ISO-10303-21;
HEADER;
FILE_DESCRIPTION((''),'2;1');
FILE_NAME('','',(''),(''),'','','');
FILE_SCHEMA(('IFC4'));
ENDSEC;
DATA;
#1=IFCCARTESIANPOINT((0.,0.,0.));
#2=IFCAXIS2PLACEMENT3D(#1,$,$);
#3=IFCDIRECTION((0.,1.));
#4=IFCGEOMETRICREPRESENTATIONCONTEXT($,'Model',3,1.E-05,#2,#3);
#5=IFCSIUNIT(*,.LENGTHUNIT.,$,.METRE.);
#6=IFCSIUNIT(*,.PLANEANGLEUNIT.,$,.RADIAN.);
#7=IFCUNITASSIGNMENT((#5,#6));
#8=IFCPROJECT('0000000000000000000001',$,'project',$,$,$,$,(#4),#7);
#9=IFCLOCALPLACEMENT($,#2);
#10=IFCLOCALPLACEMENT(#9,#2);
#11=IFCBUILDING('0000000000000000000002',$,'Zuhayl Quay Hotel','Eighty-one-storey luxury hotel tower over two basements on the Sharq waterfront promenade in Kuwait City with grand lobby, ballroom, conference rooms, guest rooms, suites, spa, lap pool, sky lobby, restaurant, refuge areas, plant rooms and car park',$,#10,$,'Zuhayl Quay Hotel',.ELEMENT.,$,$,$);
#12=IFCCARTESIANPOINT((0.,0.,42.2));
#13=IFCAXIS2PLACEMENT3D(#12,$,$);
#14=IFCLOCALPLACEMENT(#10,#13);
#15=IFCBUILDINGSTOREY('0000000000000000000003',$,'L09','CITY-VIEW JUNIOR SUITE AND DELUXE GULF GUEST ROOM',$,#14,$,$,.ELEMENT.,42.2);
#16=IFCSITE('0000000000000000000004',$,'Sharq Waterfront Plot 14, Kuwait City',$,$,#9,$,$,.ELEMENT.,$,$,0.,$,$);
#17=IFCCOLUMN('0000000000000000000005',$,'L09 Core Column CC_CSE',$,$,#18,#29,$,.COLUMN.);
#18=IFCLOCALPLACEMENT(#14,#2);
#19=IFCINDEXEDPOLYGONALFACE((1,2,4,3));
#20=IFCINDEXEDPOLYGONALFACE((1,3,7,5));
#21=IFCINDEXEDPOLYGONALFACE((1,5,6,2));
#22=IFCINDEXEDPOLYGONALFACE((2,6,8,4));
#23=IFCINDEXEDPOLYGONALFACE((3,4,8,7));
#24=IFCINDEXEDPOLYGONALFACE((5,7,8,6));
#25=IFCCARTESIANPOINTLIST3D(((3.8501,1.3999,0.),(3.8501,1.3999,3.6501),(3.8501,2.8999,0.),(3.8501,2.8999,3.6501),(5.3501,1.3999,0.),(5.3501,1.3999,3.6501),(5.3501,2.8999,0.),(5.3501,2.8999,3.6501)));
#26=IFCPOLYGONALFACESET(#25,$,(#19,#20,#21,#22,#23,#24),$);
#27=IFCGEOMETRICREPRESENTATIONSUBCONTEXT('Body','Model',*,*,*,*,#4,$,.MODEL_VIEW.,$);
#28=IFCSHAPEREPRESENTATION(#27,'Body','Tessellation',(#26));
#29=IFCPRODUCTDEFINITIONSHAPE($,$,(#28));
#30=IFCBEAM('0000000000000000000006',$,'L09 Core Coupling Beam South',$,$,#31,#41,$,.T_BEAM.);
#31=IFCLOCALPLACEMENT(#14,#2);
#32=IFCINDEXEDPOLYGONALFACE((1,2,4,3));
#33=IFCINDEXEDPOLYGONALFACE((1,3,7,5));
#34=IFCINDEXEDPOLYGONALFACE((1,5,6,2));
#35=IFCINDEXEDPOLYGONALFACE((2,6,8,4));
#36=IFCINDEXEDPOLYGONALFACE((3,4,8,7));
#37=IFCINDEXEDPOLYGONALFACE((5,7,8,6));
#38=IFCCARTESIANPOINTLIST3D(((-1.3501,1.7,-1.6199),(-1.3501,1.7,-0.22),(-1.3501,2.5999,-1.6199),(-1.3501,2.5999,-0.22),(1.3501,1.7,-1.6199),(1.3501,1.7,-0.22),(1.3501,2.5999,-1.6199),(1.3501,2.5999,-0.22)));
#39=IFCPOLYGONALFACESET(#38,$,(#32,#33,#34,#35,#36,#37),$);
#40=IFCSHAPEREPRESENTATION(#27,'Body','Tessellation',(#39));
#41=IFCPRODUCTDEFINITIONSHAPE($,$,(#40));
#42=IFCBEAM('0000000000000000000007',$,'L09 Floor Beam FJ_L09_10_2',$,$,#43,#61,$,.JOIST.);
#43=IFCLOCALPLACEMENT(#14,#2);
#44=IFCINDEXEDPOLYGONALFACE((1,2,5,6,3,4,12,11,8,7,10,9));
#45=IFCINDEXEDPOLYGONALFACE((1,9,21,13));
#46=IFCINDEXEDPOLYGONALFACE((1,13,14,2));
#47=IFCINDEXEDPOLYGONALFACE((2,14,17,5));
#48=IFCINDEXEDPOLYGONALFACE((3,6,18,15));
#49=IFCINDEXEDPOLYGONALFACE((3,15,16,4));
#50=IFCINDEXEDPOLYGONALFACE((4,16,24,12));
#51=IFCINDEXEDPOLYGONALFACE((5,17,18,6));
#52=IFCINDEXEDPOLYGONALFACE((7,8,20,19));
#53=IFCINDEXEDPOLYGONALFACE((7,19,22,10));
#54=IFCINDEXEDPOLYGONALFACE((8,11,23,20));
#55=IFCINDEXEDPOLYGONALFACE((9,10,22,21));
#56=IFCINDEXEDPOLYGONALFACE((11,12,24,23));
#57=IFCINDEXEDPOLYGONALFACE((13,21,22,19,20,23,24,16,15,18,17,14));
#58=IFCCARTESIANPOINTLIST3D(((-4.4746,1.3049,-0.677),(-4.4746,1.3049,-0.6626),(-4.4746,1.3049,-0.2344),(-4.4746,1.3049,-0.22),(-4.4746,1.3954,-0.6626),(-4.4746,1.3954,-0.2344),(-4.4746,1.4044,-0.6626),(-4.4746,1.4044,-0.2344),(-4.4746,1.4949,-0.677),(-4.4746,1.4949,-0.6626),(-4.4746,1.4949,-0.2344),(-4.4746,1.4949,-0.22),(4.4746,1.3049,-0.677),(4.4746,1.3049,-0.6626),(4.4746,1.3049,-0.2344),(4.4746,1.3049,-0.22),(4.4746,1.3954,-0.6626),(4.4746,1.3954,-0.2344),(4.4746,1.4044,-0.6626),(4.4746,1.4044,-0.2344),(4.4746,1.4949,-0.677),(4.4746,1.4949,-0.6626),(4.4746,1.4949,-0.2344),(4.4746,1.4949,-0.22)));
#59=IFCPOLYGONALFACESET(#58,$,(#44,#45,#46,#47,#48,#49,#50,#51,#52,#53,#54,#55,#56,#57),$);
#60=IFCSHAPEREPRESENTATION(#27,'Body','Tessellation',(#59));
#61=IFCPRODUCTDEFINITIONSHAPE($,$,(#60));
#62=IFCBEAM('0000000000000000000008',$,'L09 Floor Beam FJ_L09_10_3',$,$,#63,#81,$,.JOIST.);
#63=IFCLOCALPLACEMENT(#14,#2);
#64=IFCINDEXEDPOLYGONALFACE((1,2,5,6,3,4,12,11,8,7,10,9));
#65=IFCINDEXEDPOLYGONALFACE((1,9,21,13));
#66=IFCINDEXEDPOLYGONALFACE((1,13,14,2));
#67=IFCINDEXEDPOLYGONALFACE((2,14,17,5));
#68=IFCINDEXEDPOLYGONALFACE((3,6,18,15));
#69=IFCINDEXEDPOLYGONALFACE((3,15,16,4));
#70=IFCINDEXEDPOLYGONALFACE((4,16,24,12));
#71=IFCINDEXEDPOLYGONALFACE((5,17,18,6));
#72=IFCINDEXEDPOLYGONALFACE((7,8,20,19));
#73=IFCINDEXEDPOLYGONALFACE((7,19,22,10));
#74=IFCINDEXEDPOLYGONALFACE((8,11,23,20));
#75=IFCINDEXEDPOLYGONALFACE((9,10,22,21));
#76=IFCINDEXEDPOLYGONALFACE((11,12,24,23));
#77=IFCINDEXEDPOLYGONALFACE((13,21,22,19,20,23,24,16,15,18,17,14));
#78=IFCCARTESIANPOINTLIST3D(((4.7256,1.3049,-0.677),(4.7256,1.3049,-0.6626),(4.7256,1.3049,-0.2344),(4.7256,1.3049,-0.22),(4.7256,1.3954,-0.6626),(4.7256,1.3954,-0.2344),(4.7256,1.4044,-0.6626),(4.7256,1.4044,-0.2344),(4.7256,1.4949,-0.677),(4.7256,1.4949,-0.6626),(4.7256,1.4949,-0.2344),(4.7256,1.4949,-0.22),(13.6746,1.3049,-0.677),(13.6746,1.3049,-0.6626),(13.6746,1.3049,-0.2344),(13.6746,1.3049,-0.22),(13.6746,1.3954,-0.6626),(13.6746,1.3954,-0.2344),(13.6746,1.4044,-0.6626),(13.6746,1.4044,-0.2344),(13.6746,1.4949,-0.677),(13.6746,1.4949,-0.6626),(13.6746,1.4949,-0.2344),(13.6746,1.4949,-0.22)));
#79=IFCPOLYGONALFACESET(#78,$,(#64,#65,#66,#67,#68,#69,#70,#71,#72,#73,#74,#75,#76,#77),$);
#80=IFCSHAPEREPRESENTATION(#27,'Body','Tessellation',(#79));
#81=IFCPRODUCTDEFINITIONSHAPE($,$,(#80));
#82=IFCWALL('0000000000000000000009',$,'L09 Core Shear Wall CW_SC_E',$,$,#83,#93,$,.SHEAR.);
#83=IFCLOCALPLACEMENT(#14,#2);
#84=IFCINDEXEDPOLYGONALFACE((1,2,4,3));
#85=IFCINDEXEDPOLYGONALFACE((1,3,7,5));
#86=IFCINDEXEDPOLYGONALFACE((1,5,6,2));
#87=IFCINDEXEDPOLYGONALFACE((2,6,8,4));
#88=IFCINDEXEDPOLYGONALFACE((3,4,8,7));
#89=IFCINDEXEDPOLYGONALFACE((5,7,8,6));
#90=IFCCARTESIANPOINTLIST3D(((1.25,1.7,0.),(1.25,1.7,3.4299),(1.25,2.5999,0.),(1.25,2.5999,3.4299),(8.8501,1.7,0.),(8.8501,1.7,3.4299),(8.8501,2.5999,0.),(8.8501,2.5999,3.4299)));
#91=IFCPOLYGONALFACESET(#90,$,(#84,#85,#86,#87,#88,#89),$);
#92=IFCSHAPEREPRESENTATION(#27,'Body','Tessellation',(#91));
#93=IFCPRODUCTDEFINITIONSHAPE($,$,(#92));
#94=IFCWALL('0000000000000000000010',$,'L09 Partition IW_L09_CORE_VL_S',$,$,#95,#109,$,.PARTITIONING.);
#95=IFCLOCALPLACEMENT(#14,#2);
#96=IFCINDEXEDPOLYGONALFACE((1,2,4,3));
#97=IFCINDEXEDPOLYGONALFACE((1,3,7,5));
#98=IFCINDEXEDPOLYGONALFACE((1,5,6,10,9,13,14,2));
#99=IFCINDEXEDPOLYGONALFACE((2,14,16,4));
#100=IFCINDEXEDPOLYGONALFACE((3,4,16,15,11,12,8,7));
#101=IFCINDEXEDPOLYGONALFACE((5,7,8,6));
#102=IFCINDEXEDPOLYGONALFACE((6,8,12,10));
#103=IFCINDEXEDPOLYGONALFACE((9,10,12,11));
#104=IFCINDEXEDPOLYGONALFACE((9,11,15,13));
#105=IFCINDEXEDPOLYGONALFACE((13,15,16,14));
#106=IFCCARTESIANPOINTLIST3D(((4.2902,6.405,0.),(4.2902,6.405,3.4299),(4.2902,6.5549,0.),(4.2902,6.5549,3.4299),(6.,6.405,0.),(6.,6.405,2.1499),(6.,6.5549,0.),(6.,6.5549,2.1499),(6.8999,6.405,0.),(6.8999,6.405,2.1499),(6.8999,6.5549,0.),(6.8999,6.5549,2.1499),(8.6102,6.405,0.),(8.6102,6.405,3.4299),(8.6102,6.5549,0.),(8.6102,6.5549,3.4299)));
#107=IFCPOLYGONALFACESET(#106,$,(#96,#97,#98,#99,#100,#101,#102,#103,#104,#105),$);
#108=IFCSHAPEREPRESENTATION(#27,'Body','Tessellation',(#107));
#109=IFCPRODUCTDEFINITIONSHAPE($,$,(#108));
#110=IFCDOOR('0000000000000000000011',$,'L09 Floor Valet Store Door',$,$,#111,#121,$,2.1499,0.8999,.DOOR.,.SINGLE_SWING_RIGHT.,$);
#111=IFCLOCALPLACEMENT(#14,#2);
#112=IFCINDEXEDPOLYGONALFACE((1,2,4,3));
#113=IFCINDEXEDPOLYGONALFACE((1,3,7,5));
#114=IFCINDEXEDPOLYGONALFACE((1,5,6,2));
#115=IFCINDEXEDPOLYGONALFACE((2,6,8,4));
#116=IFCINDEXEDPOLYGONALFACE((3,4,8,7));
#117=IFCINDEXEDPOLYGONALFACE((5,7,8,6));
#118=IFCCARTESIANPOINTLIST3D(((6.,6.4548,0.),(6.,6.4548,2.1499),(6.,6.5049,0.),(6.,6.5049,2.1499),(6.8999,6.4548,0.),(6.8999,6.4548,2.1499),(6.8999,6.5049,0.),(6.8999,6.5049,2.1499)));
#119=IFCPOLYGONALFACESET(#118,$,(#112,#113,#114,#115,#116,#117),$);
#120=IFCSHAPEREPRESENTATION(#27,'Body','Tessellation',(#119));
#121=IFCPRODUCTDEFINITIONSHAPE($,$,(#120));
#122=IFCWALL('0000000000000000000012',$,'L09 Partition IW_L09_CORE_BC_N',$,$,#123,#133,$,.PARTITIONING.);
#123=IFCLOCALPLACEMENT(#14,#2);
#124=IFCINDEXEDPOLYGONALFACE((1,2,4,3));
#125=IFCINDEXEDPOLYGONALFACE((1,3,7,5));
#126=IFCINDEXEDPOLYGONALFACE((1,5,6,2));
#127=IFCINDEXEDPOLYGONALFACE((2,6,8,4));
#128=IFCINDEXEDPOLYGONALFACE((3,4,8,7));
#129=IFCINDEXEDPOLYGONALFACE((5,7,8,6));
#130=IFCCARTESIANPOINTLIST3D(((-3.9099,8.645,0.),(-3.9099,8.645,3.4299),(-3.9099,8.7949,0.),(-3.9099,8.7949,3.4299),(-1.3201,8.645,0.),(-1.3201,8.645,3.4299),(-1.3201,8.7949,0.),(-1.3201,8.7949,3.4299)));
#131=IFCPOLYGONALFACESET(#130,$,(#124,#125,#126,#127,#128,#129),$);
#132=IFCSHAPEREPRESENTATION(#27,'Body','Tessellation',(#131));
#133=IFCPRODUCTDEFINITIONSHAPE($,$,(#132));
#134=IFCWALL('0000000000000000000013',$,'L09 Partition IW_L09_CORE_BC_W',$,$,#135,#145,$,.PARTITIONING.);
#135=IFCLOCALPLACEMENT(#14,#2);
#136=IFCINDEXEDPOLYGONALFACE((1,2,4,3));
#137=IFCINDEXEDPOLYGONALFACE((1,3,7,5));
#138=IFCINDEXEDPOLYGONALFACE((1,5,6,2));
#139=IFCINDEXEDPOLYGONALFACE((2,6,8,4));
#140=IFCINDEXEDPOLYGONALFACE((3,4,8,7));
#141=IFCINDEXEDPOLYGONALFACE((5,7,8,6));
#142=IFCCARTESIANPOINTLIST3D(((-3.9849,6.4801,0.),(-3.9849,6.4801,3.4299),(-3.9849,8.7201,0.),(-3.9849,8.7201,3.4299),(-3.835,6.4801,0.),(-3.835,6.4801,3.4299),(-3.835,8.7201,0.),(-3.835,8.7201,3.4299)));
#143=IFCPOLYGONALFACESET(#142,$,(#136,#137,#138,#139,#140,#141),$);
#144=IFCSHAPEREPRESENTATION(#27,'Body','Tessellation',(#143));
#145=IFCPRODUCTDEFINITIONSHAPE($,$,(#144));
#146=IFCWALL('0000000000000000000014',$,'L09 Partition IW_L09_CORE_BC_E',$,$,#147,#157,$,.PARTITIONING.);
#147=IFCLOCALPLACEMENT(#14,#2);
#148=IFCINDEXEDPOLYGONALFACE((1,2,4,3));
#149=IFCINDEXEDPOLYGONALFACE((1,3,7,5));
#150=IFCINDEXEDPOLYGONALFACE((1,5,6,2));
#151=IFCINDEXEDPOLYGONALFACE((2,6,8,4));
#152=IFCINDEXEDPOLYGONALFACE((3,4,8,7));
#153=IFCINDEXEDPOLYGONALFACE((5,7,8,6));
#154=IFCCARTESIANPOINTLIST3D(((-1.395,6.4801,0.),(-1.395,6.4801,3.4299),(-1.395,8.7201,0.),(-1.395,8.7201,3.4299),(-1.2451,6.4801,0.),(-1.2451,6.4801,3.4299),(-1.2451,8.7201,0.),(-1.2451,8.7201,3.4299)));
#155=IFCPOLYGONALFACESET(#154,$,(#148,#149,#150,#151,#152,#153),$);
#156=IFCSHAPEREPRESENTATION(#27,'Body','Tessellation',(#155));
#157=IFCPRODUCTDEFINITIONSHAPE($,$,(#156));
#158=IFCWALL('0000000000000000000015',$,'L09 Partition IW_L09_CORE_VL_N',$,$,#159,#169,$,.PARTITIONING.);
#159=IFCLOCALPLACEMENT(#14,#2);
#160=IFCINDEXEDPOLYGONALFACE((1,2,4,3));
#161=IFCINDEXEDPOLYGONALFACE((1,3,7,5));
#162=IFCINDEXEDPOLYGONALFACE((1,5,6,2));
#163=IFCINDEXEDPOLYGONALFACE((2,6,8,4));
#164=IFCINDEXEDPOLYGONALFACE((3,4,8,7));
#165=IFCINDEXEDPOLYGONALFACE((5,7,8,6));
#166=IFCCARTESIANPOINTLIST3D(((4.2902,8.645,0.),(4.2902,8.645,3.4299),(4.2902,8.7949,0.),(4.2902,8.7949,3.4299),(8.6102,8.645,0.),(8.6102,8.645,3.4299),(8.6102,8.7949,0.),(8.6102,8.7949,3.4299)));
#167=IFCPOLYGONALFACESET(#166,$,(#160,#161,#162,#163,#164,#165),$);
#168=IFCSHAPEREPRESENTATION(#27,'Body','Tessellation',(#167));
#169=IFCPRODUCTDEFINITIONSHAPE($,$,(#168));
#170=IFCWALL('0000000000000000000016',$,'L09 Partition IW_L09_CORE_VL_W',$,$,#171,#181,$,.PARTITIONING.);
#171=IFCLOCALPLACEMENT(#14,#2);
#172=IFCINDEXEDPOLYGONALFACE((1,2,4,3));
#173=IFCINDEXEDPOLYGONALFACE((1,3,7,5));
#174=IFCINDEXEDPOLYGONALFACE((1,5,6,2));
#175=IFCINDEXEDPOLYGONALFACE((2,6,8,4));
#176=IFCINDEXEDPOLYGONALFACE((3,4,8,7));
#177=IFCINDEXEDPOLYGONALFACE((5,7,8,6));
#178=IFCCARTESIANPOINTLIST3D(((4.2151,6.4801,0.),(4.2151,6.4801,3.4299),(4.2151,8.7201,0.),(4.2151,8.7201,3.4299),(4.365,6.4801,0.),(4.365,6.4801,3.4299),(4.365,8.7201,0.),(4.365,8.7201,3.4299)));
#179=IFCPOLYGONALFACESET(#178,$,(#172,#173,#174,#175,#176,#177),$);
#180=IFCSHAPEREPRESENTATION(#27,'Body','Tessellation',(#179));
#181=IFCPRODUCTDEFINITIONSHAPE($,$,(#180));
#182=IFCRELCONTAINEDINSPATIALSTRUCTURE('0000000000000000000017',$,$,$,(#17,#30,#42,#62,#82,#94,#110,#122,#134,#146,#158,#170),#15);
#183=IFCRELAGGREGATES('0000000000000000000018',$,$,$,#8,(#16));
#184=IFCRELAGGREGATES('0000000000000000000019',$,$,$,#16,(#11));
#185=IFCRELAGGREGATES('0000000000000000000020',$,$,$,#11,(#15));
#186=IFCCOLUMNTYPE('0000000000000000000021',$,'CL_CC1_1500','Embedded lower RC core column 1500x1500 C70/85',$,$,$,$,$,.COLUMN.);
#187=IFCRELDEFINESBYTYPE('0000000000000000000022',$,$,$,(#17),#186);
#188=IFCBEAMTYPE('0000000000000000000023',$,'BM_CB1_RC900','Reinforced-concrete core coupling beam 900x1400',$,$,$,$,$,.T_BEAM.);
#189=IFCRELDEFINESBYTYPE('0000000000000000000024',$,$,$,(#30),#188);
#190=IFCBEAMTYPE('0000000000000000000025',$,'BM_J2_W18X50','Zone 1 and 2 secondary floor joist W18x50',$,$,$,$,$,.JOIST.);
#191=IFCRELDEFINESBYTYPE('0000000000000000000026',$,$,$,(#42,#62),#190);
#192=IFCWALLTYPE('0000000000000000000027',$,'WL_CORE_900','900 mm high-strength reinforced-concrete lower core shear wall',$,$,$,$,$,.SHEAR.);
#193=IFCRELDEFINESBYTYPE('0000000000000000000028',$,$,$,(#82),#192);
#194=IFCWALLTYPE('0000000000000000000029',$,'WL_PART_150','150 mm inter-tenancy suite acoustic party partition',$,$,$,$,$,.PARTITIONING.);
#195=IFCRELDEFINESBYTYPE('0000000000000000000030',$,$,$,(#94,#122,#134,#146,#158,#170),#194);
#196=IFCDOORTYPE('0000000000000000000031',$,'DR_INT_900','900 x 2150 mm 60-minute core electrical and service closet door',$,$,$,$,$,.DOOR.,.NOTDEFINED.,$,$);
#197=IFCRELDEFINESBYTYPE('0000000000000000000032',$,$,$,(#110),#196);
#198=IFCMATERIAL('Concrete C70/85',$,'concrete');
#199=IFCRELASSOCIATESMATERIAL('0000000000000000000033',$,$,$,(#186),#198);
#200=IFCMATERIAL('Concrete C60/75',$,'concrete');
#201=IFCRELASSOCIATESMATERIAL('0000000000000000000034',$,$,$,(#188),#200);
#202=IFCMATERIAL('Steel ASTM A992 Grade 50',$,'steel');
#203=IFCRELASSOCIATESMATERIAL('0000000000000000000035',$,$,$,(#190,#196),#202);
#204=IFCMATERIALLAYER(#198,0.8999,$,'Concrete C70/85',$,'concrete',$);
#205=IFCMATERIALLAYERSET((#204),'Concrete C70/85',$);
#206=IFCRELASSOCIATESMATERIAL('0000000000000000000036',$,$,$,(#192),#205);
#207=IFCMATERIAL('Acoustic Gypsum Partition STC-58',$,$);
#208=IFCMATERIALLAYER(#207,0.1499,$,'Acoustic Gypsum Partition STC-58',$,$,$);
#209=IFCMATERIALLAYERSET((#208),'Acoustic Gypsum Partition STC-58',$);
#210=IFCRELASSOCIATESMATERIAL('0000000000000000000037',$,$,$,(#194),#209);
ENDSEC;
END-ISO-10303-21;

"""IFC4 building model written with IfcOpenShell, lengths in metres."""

from ifc_helpers import new_model, si_unit, direction, frame, frame_2d, origin, origin_2d, place, context, subcontext, project, spatial, rectangle, i_section, extrude, material, layer, layer_set, material_profile, profile_set, type_object, element, fill, save


model = new_model("IFC4")

# Units and contexts
model_context = context("Model", 3, precision=1e-05, world=origin(), true_north=direction((0.0, 1.0)))
body_context = subcontext(model_context, "Body", "Model", "MODEL_VIEW")
ifc_project = project(units=[si_unit("LENGTHUNIT", "METRE"), si_unit("PLANEANGLEUNIT", "RADIAN")], contexts=[model_context])

# Site, building, storey
site_placement = place(None, origin())
site = spatial("IfcSite", under=ifc_project, at=site_placement, Name="Sharq Waterfront Plot 14, Kuwait City", CompositionType="ELEMENT", RefElevation=0.0)
building_placement = place(site_placement, origin())
building = spatial("IfcBuilding", under=site, at=building_placement, Name="Zuhayl Quay Hotel", Description="Eighty-one-storey luxury hotel tower over two basements on the Sharq waterfront promenade in Kuwait City with grand lobby, ballroom, conference rooms, guest rooms, suites, spa, lap pool, sky lobby, restaurant, refuge areas, plant rooms and car park", LongName="Zuhayl Quay Hotel", CompositionType="ELEMENT")
storey_placement = place(building_placement, frame((0.0, 0.0, 42.2)))
storey = spatial("IfcBuildingStorey", under=building, at=storey_placement, Name="L09", Description="CITY-VIEW JUNIOR SUITE AND DELUXE GULF GUEST ROOM", CompositionType="ELEMENT", Elevation=42.2)

# Column
ifc_material_1 = material(Name="Concrete C70/85", Category="concrete")
ifc_material_profile_1 = material_profile(ifc_material_1, rectangle(XDim=1.5, YDim=1.5, at=origin_2d()), Name="RC1500X1500")
ifc_profile_set_1 = profile_set([ifc_material_profile_1], Name="Concrete C70/85")
column_type = type_object("IfcColumnType", Name="CL_CC1_1500", Description="Embedded lower RC core column 1500x1500 C70/85", PredefinedType="COLUMN", material=ifc_profile_set_1)
column_placement = place(storey_placement, frame((4.6001, 2.1499, 0.0), z_axis=(0.0, 0.0, 1.0), x_axis=(1.0, 0.0, 0.0)))
element("IfcColumn", 1, at=column_placement, inside=storey, type_object=column_type, Name="L09 Core Column CC_CSE", PredefinedType="COLUMN", context=body_context, shape_type="SweptSolid", body=[
    extrude(rectangle(XDim=1.5, YDim=1.5, at=origin_2d()), origin(), (0.0, 0.0, 1.0), 3.6501),
])

# Beams
ifc_material_2 = material(Name="Concrete C60/75", Category="concrete")
ifc_material_profile_2 = material_profile(ifc_material_2, rectangle(XDim=0.8999, YDim=1.3999, at=origin_2d()), Name="RC900X1400")
ifc_profile_set_2 = profile_set([ifc_material_profile_2], Name="Concrete C60/75")
beam_type_1 = type_object("IfcBeamType", Name="BM_CB1_RC900", Description="Reinforced-concrete core coupling beam 900x1400", PredefinedType="T_BEAM", material=ifc_profile_set_2)
beam_1_placement = place(storey_placement, frame((-1.3501, 2.1499, -0.9199), z_axis=(1.0, 0.0, 0.0), x_axis=(0.0, 1.0, 0.0)))
element("IfcBeam", 2, at=beam_1_placement, inside=storey, type_object=beam_type_1, Name="L09 Core Coupling Beam South", PredefinedType="T_BEAM", context=body_context, shape_type="SweptSolid", body=[
    extrude(rectangle(XDim=0.8999, YDim=1.3999, at=origin_2d()), origin(), (0.0, 0.0, 1.0), 2.7002),
])
ifc_material_3 = material(Name="Steel ASTM A992 Grade 50", Category="steel")
ifc_material_profile_3 = material_profile(ifc_material_3, i_section(OverallWidth=0.1899, OverallDepth=0.457, WebThickness=0.009, FlangeThickness=0.0144, at=origin_2d()), Name="W18X50")
ifc_profile_set_3 = profile_set([ifc_material_profile_3], Name="Steel ASTM A992 Grade 50")
beam_type_2 = type_object("IfcBeamType", Name="BM_J2_W18X50", Description="Zone 1 and 2 secondary floor joist W18x50", PredefinedType="JOIST", material=ifc_profile_set_3)
beam_2_placement = place(storey_placement, frame((-4.4746, 1.3999, -0.4485), z_axis=(1.0, 0.0, 0.0), x_axis=(0.0, 1.0, 0.0)))
element("IfcBeam", 3, at=beam_2_placement, inside=storey, type_object=beam_type_2, Name="L09 Floor Beam FJ_L09_10_2", PredefinedType="JOIST", context=body_context, shape_type="SweptSolid", body=[
    extrude(i_section(OverallWidth=0.1899, OverallDepth=0.457, WebThickness=0.009, FlangeThickness=0.0144, at=origin_2d()), origin(), (0.0, 0.0, 1.0), 8.9492),
])
beam_3_placement = place(storey_placement, frame((4.7256, 1.3999, -0.4485), z_axis=(1.0, 0.0, 0.0), x_axis=(0.0, 1.0, 0.0)))
element("IfcBeam", 4, at=beam_3_placement, inside=storey, type_object=beam_type_2, Name="L09 Floor Beam FJ_L09_10_3", PredefinedType="JOIST", context=body_context, shape_type="SweptSolid", body=[
    extrude(i_section(OverallWidth=0.1899, OverallDepth=0.457, WebThickness=0.009, FlangeThickness=0.0144, at=origin_2d()), origin(), (0.0, 0.0, 1.0), 8.949),
])

# Wall
ifc_layer_1 = layer(ifc_material_1, 0.8999, Name="Concrete C70/85", Category="concrete")
ifc_layer_set_1 = layer_set([ifc_layer_1], Name="Concrete C70/85")
wall_type_1 = type_object("IfcWallType", Name="WL_CORE_900", Description="900 mm high-strength reinforced-concrete lower core shear wall", PredefinedType="SHEAR", material=ifc_layer_set_1)
wall_1_placement = place(storey_placement, frame((1.25, 2.1499, 0.0), z_axis=(0.0, 0.0, 1.0), x_axis=(1.0, 0.0, 0.0)))
element("IfcWall", 5, at=wall_1_placement, inside=storey, type_object=wall_type_1, Name="L09 Core Shear Wall CW_SC_E", PredefinedType="SHEAR", context=body_context, shape_type="SweptSolid", body=[
    extrude(rectangle(XDim=7.6001, YDim=0.8999, at=frame_2d((3.8, 0.0))), origin(), (0.0, 0.0, 1.0), 3.4299),
])

# Wall, opening, door
ifc_material_4 = material(Name="Acoustic Gypsum Partition STC-58")
ifc_layer_2 = layer(ifc_material_4, 0.1499, Name="Acoustic Gypsum Partition STC-58")
ifc_layer_set_2 = layer_set([ifc_layer_2], Name="Acoustic Gypsum Partition STC-58")
wall_type_2 = type_object("IfcWallType", Name="WL_PART_150", Description="150 mm inter-tenancy suite acoustic party partition", PredefinedType="PARTITIONING", material=ifc_layer_set_2)
door_type = type_object("IfcDoorType", Name="DR_INT_900", Description="900 x 2150 mm 60-minute core electrical and service closet door", OperationType="NOTDEFINED", PredefinedType="DOOR", material=ifc_material_3)
wall_2_placement = place(storey_placement, frame((4.29, 6.48, 0.0), z_axis=(0.0, 0.0, 1.0), x_axis=(1.0, 0.0, 0.0)))
wall_2 = element("IfcWall", 6, at=wall_2_placement, inside=storey, type_object=wall_type_2, Name="L09 Partition IW_L09_CORE_VL_S", PredefinedType="PARTITIONING", context=body_context, shape_type="SweptSolid", body=[
    extrude(rectangle(XDim=4.3201, YDim=0.1499, at=frame_2d((2.1602, 0.0))), origin(), (0.0, 0.0, 1.0), 3.4299),
])
opening_1_placement = place(wall_2_placement, frame((1.71, 0.0, 0.0)))
opening_1 = element("IfcOpeningElement", 7, at=opening_1_placement, cuts=wall_2, PredefinedType="OPENING", context=body_context, shape_type="SweptSolid", body=[
    extrude(rectangle(XDim=0.8999, YDim=2.1499, at=frame_2d((0.45, 1.075))), frame((0.0, 0.085, 0.0), z_axis=(0.0, -1.0, 0.0), x_axis=(1.0, 0.0, 0.0)), (0.0, 0.0, 1.0), 0.1699),
])
door_1_placement = place(opening_1_placement, origin())
door_1 = element("IfcDoor", 8, at=door_1_placement, inside=storey, type_object=door_type, Name="L09 Floor Valet Store Door", OperationType="SINGLE_SWING_RIGHT", OverallHeight=2.1499, OverallWidth=0.8999, PredefinedType="DOOR", context=body_context, shape_type="SweptSolid", body=[
    extrude(rectangle(XDim=0.8999, YDim=2.1499, at=frame_2d((0.45, 1.075))), frame((0.0, 0.0249, 0.0), z_axis=(0.0, -1.0, 0.0), x_axis=(1.0, 0.0, 0.0)), (0.0, 0.0, 1.0), 0.05),
])
fill(opening_1, door_1)

# Walls
wall_3_placement = place(storey_placement, frame((-3.9099, 8.72, 0.0), z_axis=(0.0, 0.0, 1.0), x_axis=(1.0, 0.0, 0.0)))
element("IfcWall", 9, at=wall_3_placement, inside=storey, type_object=wall_type_2, Name="L09 Partition IW_L09_CORE_BC_N", PredefinedType="PARTITIONING", context=body_context, shape_type="SweptSolid", body=[
    extrude(rectangle(XDim=2.5898, YDim=0.1499, at=frame_2d((1.2949, 0.0))), origin(), (0.0, 0.0, 1.0), 3.4299),
])
for number, where, z_axis, x_axis, name in (
    (10, (-3.9099, 6.48, 0.0), (0.0, 0.0, 1.0), (0.0, 1.0, 0.0), "L09 Partition IW_L09_CORE_BC_W"),
    (11, (-1.3201, 6.48, 0.0), (0.0, 0.0, 1.0), (0.0, 1.0, 0.0), "L09 Partition IW_L09_CORE_BC_E"),
):
    element("IfcWall", number, at=place(storey_placement, frame(where, z_axis=z_axis, x_axis=x_axis)), inside=storey, type_object=wall_type_2, Name=name, PredefinedType="PARTITIONING", context=body_context, shape_type="SweptSolid", body=[
        extrude(rectangle(XDim=2.24, YDim=0.1499, at=frame_2d((1.1201, 0.0))), origin(), (0.0, 0.0, 1.0), 3.4299),
    ])
wall_4_placement = place(storey_placement, frame((4.29, 8.72, 0.0), z_axis=(0.0, 0.0, 1.0), x_axis=(1.0, 0.0, 0.0)))
element("IfcWall", 12, at=wall_4_placement, inside=storey, type_object=wall_type_2, Name="L09 Partition IW_L09_CORE_VL_N", PredefinedType="PARTITIONING", context=body_context, shape_type="SweptSolid", body=[
    extrude(rectangle(XDim=4.3201, YDim=0.1499, at=frame_2d((2.1602, 0.0))), origin(), (0.0, 0.0, 1.0), 3.4299),
])
for number, where, z_axis, x_axis, name in (
    (13, (4.29, 6.48, 0.0), (0.0, 0.0, 1.0), (0.0, 1.0, 0.0), "L09 Partition IW_L09_CORE_VL_W"),
):
    element("IfcWall", number, at=place(storey_placement, frame(where, z_axis=z_axis, x_axis=x_axis)), inside=storey, type_object=wall_type_2, Name=name, PredefinedType="PARTITIONING", context=body_context, shape_type="SweptSolid", body=[
        extrude(rectangle(XDim=2.24, YDim=0.1499, at=frame_2d((1.1201, 0.0))), origin(), (0.0, 0.0, 1.0), 3.4299),
    ])

save(model, "model.ifc")
